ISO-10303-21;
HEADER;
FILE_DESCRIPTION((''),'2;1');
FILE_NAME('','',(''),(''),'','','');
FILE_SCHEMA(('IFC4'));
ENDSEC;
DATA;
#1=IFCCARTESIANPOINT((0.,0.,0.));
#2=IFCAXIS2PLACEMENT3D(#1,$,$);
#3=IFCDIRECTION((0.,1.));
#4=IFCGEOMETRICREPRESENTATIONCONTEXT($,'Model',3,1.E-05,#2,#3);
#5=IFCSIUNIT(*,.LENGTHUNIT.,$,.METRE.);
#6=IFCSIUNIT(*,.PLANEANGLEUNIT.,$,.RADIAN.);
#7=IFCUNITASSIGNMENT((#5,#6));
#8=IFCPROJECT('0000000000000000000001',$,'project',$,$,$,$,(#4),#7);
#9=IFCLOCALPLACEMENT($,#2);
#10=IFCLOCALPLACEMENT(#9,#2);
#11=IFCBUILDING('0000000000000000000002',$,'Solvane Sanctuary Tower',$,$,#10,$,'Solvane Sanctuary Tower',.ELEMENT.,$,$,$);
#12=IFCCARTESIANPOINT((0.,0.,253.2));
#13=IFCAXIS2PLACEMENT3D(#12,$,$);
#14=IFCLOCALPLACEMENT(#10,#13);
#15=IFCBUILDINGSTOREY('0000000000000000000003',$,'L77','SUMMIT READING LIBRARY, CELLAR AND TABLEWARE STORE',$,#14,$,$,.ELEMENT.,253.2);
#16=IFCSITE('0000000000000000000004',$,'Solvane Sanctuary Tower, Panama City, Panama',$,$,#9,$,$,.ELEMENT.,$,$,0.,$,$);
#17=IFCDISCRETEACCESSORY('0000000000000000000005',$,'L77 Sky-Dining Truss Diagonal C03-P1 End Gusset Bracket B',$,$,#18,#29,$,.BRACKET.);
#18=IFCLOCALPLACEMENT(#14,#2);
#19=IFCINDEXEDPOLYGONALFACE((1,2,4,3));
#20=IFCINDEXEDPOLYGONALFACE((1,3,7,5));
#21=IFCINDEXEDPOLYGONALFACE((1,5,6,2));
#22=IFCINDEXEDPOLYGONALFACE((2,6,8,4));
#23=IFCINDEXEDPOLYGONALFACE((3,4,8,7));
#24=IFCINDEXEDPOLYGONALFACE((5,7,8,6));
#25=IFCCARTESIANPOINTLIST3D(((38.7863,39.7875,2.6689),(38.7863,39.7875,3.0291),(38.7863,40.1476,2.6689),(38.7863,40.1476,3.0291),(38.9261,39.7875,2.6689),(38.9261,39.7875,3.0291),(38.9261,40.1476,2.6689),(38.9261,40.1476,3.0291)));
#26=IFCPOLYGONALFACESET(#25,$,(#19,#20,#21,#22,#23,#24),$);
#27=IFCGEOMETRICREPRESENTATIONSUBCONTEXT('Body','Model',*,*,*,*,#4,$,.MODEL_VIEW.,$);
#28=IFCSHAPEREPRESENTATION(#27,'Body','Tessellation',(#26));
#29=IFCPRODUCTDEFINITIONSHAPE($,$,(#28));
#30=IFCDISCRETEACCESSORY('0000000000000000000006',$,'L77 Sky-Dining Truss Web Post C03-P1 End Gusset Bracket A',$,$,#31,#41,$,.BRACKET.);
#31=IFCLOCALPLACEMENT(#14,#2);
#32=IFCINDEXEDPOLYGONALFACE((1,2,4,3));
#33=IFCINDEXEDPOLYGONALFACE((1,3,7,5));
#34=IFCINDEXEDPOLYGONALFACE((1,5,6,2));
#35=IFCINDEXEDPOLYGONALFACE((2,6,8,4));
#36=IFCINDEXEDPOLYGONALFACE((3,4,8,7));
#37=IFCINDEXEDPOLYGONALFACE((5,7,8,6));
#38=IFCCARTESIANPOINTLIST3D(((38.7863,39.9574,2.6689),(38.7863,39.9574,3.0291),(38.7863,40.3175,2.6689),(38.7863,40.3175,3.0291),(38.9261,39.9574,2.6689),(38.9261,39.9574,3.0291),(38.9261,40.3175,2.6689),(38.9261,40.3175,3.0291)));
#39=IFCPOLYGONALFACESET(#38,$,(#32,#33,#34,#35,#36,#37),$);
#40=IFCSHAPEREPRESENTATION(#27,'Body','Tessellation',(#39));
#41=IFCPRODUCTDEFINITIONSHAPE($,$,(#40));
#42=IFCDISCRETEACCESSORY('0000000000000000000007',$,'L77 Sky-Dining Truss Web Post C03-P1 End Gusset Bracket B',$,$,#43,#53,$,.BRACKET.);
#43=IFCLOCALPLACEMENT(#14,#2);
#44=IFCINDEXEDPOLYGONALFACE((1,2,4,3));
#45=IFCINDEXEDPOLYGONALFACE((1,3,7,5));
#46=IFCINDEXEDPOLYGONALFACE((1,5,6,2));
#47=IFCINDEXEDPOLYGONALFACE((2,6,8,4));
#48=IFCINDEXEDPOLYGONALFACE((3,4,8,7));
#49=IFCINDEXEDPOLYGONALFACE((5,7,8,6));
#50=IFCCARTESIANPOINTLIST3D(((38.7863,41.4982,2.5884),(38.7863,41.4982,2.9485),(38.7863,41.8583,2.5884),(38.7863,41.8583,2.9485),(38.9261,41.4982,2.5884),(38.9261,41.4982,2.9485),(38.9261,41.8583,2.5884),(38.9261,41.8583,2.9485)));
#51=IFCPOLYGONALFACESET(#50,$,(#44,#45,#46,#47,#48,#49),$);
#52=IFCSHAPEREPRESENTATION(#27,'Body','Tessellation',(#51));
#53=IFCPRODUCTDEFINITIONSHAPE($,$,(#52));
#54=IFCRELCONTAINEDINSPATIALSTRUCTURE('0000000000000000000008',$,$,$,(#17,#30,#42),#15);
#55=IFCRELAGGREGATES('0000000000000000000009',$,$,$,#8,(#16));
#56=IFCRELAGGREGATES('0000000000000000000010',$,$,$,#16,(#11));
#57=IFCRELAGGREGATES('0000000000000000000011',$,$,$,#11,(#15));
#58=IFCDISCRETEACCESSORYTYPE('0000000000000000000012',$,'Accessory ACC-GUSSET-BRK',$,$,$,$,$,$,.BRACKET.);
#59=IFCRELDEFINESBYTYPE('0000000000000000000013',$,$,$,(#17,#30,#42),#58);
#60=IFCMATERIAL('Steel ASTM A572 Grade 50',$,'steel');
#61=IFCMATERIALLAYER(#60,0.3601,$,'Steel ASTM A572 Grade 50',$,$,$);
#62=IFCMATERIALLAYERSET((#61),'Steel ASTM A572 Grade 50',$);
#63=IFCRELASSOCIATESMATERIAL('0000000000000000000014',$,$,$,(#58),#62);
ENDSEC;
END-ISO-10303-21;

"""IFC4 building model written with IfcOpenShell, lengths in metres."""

from ifc_helpers import new_model, si_unit, direction, frame, origin, origin_2d, place, context, subcontext, project, spatial, rectangle, extrude, material, layer, layer_set, type_object, element, save


model = new_model("IFC4")

# Units and contexts
model_context = context("Model", 3, precision=1e-05, world=origin(), true_north=direction((0.0, 1.0)))
body_context = subcontext(model_context, "Body", "Model", "MODEL_VIEW")
ifc_project = project(units=[si_unit("LENGTHUNIT", "METRE"), si_unit("PLANEANGLEUNIT", "RADIAN")], contexts=[model_context])

# Site, building, storey
site_placement = place(None, origin())
site = spatial("IfcSite", under=ifc_project, at=site_placement, Name="Solvane Sanctuary Tower, Panama City, Panama", CompositionType="ELEMENT", RefElevation=0.0)
building_placement = place(site_placement, origin())
building = spatial("IfcBuilding", under=site, at=building_placement, Name="Solvane Sanctuary Tower", LongName="Solvane Sanctuary Tower", CompositionType="ELEMENT")
storey_placement = place(building_placement, frame((0.0, 0.0, 253.2)))
storey = spatial("IfcBuildingStorey", under=building, at=storey_placement, Name="L77", Description="SUMMIT READING LIBRARY, CELLAR AND TABLEWARE STORE", CompositionType="ELEMENT", Elevation=253.2)

# Discrete accessories
ifc_material_1 = material(Name="Steel ASTM A572 Grade 50", Category="steel")
ifc_layer_1 = layer(ifc_material_1, 0.3601, Name="Steel ASTM A572 Grade 50")
ifc_layer_set_1 = layer_set([ifc_layer_1], Name="Steel ASTM A572 Grade 50")
discrete_accessory_type = type_object("IfcDiscreteAccessoryType", Name="Accessory ACC-GUSSET-BRK", PredefinedType="BRACKET", material=ifc_layer_set_1)
for number, where, z_axis, x_axis, name in (
    (1, (38.8562, 39.9675, 2.6689), (0.0, 0.0, 1.0), (0.0, 1.0, 0.0), "L77 Sky-Dining Truss Diagonal C03-P1 End Gusset Bracket B"),
    (2, (38.8562, 40.1375, 2.6689), (0.0, 0.0, 1.0), (0.0, 1.0, 0.0), "L77 Sky-Dining Truss Web Post C03-P1 End Gusset Bracket A"),
    (3, (38.8562, 41.6782, 2.5884), (0.0, 0.0, 1.0), (0.0, 1.0, 0.0), "L77 Sky-Dining Truss Web Post C03-P1 End Gusset Bracket B"),
):
    element("IfcDiscreteAccessory", number, at=place(storey_placement, frame(where, z_axis=z_axis, x_axis=x_axis)), inside=storey, type_object=discrete_accessory_type, Name=name, PredefinedType="BRACKET", context=body_context, shape_type="SweptSolid", body=[
        extrude(rectangle(XDim=0.3601, YDim=0.1399, at=origin_2d()), origin(), (0.0, 0.0, 1.0), 0.3601),
    ])

save(model, "model.ifc")
